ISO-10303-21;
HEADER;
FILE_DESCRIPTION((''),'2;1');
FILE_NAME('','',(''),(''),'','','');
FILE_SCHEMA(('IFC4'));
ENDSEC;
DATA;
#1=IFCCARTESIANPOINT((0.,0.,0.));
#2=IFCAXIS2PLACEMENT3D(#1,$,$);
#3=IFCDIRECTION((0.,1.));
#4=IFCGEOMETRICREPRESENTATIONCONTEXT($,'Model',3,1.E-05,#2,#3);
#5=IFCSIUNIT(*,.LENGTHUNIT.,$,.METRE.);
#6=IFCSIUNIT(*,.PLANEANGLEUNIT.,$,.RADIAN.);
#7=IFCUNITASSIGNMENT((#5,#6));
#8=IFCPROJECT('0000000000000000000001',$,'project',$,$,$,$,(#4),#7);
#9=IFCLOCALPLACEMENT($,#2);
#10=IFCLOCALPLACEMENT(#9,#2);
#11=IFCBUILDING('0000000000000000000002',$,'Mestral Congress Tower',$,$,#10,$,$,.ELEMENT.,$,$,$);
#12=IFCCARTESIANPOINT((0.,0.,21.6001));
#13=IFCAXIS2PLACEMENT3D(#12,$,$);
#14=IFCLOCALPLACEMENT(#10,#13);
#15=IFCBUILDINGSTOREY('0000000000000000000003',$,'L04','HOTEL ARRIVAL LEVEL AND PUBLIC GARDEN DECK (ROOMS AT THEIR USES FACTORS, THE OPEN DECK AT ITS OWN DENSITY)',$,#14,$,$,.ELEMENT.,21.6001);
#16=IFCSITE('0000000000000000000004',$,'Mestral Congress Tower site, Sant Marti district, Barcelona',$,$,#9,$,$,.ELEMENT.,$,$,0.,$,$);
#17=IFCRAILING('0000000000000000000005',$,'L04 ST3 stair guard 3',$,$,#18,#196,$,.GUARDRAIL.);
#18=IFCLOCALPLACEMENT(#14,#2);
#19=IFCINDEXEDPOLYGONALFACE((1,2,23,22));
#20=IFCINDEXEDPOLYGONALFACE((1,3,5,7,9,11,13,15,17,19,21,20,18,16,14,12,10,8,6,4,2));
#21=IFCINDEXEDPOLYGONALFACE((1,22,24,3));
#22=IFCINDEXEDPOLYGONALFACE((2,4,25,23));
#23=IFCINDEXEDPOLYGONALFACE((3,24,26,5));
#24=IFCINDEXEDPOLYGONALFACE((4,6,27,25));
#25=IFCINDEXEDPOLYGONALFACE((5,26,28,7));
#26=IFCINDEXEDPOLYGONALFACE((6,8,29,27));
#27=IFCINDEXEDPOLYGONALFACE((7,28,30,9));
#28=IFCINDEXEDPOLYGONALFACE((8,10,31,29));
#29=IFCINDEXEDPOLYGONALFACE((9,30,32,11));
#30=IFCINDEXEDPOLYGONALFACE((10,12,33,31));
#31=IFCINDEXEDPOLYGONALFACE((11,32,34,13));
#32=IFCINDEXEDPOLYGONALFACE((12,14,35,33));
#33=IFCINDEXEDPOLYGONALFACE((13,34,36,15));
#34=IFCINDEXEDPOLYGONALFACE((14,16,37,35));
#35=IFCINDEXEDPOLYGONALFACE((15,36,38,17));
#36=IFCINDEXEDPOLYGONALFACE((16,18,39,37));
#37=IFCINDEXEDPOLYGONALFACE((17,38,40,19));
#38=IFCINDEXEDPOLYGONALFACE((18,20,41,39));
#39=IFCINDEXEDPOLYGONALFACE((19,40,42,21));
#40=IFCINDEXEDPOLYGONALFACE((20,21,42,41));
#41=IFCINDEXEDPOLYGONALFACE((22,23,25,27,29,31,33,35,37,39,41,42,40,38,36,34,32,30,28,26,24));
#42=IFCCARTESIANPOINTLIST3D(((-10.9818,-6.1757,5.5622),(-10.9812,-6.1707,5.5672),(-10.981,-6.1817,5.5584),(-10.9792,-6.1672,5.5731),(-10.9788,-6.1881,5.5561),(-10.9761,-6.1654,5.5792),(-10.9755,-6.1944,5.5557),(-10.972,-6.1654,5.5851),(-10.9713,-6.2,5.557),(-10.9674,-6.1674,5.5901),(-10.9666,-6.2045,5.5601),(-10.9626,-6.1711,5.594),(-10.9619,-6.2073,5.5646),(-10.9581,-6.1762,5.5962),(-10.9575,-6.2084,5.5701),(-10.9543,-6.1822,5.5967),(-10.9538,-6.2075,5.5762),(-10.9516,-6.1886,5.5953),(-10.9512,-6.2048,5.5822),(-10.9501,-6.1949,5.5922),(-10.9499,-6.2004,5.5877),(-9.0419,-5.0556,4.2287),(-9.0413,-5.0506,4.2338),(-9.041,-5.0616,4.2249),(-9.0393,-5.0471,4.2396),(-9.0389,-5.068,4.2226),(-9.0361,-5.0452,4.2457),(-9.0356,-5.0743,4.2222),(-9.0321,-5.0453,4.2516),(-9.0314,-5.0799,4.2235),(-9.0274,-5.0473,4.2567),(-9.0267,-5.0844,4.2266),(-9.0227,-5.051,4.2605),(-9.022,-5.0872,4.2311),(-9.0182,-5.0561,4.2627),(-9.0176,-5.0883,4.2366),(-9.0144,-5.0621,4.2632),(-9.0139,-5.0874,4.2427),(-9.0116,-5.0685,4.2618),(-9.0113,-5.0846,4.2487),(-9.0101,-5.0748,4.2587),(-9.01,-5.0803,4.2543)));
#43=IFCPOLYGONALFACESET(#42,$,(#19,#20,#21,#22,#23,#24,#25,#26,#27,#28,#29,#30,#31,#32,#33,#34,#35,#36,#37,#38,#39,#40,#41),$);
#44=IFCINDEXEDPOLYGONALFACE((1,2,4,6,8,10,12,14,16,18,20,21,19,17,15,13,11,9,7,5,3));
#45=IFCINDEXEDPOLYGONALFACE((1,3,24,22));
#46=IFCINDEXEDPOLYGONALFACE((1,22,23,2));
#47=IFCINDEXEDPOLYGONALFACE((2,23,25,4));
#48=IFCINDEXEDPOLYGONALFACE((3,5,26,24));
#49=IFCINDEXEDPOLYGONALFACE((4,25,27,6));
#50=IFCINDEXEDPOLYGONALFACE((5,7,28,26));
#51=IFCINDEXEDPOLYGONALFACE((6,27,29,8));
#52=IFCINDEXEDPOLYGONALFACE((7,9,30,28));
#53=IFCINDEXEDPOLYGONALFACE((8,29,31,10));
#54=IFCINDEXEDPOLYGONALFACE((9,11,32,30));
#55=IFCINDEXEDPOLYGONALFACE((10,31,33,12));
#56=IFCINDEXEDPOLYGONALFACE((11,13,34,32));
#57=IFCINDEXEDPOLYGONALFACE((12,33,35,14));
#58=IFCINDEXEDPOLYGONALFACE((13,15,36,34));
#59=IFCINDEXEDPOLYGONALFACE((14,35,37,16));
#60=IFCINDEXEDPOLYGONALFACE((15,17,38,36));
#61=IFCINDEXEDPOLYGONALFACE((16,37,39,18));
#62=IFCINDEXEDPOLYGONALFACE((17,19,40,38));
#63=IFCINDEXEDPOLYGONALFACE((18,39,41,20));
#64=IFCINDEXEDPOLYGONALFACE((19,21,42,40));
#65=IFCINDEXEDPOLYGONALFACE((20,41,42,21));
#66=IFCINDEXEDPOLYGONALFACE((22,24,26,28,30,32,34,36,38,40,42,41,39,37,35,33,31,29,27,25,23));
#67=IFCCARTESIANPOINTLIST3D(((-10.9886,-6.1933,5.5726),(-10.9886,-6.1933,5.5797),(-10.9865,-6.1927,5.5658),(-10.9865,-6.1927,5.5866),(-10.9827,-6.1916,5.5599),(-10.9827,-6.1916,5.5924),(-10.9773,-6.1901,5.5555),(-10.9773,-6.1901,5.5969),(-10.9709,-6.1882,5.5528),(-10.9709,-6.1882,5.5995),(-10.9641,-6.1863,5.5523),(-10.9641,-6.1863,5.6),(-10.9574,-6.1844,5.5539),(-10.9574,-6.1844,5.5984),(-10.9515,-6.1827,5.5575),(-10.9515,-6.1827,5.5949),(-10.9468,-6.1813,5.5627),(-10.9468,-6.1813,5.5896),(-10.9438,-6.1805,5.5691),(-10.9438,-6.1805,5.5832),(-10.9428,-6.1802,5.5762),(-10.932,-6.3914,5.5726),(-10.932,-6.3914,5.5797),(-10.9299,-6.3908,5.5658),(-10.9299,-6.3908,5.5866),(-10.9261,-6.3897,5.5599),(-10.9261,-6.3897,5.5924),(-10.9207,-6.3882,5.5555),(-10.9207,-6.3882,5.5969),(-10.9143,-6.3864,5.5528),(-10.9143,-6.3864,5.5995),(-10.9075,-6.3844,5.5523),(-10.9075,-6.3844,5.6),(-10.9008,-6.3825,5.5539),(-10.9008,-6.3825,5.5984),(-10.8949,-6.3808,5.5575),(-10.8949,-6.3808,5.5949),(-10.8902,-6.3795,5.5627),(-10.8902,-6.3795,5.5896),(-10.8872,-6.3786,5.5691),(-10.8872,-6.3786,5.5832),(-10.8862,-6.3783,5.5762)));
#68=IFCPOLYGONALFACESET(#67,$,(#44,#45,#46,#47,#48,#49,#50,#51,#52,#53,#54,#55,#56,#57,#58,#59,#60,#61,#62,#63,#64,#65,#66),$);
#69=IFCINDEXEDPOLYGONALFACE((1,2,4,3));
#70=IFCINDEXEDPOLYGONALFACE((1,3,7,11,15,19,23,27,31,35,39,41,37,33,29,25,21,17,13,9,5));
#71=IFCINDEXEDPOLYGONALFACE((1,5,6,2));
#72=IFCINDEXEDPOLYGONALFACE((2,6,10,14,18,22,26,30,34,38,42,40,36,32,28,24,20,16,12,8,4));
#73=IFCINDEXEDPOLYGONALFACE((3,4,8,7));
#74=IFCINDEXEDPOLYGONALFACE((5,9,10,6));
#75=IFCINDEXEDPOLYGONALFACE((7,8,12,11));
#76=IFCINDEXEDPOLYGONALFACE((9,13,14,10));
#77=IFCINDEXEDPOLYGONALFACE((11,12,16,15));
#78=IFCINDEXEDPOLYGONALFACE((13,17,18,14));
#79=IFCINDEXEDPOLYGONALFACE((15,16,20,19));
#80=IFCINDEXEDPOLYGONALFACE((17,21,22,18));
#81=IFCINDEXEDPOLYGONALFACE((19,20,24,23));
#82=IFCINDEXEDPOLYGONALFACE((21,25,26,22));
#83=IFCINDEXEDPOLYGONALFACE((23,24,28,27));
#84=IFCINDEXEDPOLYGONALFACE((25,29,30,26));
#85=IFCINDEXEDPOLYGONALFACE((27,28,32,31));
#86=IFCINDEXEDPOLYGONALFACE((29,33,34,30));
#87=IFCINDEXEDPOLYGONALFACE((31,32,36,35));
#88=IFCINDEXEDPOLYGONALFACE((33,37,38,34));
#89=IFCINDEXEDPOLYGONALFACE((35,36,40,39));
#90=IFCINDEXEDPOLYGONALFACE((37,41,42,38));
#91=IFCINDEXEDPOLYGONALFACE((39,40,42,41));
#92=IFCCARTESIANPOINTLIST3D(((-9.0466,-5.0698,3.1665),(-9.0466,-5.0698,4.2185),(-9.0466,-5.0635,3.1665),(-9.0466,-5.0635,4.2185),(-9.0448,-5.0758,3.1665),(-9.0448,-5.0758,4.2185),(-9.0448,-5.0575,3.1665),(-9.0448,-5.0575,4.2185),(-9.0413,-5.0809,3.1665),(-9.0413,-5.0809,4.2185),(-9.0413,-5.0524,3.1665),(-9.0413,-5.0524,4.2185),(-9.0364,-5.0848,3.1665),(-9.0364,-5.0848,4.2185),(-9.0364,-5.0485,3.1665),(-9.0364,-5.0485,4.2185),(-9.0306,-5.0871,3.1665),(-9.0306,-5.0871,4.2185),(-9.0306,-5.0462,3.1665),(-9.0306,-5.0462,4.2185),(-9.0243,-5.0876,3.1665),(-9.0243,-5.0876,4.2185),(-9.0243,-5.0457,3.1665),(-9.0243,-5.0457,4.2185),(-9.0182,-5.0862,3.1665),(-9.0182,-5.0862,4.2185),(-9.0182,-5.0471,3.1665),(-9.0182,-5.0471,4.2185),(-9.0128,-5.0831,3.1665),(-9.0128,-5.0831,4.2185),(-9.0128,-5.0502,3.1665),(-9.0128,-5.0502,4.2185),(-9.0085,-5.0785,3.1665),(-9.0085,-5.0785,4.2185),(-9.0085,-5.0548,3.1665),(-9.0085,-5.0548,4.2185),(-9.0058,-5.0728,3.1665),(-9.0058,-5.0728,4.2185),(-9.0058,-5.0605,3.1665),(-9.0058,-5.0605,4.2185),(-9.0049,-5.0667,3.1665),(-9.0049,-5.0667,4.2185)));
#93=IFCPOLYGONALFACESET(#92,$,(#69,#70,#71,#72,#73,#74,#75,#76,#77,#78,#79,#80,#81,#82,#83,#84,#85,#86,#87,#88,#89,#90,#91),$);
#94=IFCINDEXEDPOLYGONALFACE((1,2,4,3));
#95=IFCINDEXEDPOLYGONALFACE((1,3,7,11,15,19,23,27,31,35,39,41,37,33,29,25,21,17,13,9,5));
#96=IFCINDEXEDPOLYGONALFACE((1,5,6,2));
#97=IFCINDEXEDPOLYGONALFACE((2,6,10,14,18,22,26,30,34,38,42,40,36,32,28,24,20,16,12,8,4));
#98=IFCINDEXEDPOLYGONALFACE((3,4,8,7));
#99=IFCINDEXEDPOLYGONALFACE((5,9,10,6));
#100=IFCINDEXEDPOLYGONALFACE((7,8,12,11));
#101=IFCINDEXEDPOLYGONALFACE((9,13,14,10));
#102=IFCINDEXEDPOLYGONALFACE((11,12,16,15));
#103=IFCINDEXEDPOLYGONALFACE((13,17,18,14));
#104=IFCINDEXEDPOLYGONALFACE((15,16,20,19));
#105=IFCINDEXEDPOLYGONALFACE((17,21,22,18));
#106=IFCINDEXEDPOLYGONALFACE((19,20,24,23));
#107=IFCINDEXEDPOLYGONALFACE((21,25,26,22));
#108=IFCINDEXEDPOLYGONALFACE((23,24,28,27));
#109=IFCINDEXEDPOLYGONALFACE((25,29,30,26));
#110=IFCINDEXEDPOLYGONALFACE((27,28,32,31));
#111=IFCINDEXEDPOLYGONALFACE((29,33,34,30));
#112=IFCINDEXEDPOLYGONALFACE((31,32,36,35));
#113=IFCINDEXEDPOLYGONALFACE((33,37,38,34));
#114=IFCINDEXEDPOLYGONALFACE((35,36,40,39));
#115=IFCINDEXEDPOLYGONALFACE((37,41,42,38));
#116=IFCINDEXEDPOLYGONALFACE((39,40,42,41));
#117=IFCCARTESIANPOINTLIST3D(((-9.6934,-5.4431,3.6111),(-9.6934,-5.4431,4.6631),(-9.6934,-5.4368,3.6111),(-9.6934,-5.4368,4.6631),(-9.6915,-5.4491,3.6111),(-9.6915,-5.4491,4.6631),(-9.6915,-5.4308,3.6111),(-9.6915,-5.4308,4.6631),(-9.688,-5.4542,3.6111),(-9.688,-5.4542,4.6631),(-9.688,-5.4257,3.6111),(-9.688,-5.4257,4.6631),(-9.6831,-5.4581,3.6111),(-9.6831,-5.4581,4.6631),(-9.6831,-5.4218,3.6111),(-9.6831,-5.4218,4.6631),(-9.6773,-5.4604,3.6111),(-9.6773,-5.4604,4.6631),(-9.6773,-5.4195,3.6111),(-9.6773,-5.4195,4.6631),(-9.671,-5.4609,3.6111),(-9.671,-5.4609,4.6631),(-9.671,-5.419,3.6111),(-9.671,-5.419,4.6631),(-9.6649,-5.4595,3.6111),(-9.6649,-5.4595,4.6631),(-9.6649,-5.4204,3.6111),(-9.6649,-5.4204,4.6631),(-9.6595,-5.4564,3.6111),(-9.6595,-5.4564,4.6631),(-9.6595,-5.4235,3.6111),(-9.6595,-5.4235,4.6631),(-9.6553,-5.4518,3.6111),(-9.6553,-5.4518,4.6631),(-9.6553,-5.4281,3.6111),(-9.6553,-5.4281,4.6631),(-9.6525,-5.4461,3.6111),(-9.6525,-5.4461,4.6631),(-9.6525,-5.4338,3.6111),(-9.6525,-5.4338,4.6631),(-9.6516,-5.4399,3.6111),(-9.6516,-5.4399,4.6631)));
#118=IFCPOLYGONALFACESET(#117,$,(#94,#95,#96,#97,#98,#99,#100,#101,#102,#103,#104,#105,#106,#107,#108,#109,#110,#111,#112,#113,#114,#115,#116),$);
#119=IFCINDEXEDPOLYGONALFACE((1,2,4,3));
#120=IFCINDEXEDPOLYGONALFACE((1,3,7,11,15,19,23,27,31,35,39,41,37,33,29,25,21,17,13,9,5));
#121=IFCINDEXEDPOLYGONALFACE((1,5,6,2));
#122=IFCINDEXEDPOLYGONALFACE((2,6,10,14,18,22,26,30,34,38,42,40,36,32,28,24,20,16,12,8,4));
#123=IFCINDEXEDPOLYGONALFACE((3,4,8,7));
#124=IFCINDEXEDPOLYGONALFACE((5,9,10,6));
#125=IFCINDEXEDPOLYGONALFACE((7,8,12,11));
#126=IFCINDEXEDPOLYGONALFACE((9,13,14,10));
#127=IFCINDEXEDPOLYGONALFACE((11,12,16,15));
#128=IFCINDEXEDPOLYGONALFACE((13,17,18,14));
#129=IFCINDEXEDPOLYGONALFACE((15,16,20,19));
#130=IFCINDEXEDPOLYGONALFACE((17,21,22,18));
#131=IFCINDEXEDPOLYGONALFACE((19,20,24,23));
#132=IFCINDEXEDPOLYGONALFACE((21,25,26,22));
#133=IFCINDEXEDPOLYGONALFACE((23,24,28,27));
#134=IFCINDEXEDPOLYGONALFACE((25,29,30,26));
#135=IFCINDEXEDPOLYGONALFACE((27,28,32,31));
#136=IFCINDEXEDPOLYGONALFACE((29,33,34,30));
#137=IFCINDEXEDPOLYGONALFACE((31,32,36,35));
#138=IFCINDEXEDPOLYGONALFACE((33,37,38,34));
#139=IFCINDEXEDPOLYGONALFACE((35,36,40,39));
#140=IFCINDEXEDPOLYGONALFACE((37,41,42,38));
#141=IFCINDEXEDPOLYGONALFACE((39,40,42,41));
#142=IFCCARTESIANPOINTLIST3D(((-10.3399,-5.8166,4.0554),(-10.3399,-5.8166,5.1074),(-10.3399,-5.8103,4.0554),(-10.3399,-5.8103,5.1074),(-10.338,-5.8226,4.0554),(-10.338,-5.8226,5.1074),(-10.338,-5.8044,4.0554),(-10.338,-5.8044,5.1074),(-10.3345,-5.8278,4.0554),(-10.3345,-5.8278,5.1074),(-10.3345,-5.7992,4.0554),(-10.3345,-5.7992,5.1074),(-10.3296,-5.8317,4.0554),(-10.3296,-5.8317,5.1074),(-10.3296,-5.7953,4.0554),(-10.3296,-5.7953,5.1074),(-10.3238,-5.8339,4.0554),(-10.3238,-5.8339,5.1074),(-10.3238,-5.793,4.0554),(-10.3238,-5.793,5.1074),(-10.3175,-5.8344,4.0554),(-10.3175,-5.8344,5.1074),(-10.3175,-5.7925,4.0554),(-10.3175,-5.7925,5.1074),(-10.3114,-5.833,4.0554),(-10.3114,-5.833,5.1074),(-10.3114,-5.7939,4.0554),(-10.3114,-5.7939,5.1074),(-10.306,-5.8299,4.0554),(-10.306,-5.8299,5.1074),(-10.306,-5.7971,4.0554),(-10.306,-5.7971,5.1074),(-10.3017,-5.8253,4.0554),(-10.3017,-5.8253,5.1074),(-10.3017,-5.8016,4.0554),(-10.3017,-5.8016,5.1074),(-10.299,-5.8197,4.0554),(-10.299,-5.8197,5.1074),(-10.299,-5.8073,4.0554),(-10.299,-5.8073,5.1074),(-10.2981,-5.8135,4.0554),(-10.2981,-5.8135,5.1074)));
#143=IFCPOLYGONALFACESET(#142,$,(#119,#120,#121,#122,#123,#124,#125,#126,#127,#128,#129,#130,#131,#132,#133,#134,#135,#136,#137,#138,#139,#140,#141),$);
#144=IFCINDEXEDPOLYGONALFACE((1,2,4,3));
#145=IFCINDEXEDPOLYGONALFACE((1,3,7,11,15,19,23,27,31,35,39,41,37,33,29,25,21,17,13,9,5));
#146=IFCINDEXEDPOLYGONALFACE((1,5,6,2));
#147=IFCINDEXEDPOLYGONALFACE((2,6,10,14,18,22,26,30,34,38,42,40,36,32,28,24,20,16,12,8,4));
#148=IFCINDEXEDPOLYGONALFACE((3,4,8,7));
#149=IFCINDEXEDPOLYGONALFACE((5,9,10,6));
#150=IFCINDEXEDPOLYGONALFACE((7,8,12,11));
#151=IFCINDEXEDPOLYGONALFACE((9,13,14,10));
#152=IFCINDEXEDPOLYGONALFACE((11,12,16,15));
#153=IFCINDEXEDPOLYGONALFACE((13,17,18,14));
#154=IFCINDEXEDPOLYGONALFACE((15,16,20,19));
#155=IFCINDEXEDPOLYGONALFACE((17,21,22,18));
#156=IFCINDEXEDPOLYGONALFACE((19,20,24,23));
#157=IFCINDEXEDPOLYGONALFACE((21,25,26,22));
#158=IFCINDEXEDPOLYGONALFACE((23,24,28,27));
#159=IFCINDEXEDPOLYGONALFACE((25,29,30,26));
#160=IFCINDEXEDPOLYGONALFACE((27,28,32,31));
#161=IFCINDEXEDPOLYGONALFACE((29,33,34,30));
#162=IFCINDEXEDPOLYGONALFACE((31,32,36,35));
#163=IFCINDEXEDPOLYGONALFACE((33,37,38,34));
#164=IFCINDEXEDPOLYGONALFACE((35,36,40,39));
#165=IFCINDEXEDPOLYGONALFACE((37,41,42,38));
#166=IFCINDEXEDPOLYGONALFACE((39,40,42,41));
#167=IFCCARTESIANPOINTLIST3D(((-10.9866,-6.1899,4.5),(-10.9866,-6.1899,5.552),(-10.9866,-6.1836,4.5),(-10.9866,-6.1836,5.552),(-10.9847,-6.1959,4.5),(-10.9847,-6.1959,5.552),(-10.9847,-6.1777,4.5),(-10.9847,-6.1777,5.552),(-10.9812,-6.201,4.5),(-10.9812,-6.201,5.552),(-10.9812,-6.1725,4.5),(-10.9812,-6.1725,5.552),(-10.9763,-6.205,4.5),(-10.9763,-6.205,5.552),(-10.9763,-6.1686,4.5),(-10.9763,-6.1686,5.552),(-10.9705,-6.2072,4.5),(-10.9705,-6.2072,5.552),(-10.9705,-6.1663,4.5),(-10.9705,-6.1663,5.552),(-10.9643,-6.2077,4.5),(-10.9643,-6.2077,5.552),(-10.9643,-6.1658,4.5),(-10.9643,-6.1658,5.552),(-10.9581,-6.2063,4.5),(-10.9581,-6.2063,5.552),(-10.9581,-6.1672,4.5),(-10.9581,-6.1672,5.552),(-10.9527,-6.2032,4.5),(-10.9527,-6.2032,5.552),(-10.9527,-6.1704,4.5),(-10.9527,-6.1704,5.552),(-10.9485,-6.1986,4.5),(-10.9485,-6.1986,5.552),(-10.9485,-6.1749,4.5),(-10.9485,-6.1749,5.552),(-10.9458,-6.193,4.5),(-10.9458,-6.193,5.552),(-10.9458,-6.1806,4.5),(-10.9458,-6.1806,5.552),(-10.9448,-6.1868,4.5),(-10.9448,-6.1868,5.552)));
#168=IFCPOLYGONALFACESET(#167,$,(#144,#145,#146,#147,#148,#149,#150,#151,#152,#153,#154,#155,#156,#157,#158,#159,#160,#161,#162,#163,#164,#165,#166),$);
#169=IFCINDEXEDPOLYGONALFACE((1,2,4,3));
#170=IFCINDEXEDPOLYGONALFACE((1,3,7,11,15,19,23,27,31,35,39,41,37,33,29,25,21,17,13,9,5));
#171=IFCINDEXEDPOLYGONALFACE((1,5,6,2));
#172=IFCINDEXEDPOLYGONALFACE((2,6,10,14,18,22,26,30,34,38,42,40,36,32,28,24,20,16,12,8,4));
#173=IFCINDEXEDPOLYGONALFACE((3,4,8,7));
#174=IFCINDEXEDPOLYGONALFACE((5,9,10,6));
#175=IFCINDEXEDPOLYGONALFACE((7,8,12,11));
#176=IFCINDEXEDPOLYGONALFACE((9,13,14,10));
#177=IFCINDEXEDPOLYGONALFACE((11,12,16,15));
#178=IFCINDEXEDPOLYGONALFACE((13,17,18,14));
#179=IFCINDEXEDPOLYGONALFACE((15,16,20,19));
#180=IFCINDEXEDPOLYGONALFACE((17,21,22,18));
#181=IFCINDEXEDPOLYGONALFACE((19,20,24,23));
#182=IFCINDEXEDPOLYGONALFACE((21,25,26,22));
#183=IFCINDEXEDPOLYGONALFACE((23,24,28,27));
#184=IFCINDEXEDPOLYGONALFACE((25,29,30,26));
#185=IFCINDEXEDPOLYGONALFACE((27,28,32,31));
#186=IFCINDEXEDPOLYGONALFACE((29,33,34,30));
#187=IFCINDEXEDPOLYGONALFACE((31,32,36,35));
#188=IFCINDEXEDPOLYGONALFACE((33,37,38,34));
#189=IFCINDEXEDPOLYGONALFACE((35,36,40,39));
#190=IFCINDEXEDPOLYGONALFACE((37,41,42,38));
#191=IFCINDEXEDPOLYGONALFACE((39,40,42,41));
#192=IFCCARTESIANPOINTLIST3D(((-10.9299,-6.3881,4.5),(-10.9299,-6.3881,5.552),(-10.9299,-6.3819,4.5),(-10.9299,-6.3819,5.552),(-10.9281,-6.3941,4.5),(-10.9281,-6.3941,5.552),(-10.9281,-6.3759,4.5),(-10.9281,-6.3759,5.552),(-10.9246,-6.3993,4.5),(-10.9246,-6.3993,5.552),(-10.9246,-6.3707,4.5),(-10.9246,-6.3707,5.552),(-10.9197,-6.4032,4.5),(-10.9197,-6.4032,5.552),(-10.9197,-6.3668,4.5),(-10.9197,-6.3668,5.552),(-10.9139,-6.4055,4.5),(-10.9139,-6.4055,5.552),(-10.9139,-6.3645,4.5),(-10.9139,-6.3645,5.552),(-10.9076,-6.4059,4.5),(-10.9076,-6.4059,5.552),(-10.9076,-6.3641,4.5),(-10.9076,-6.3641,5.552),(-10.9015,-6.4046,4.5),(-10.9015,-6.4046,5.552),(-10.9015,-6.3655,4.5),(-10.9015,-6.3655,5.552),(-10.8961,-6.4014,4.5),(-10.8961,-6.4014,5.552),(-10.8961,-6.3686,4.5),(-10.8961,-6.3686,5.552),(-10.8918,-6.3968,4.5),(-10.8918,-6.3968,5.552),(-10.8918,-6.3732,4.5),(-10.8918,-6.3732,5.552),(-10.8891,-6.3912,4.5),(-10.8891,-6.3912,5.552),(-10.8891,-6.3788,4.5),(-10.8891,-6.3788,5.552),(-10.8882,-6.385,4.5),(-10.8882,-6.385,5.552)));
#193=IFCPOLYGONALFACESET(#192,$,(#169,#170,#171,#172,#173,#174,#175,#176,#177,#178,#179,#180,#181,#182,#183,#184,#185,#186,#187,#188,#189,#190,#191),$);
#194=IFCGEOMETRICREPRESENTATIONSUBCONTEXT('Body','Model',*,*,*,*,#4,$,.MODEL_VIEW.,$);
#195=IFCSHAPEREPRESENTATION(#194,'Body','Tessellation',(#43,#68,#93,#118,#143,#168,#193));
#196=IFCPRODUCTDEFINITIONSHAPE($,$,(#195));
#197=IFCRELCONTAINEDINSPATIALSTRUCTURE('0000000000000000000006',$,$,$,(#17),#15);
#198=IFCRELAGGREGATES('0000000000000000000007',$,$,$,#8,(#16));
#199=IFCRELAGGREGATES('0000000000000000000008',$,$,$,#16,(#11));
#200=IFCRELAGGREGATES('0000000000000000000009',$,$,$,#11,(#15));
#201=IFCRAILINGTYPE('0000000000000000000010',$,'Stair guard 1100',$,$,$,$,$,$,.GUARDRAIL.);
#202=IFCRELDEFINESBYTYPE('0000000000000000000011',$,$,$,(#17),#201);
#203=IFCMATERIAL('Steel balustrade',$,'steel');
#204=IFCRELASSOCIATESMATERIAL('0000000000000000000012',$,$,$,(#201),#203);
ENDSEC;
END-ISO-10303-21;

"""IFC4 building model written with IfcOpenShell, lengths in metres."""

from ifc_helpers import new_model, si_unit, direction, frame, origin, origin_2d, place, context, subcontext, project, spatial, circle, extrude, material, type_object, element, save


model = new_model("IFC4")

# Units and contexts
model_context = context("Model", 3, precision=1e-05, world=origin(), true_north=direction((0.0, 1.0)))
body_context = subcontext(model_context, "Body", "Model", "MODEL_VIEW")
ifc_project = project(units=[si_unit("LENGTHUNIT", "METRE"), si_unit("PLANEANGLEUNIT", "RADIAN")], contexts=[model_context])

# Site, building, storey
site_placement = place(None, origin())
site = spatial("IfcSite", under=ifc_project, at=site_placement, Name="Mestral Congress Tower site, Sant Marti district, Barcelona", CompositionType="ELEMENT", RefElevation=0.0)
building_placement = place(site_placement, origin())
building = spatial("IfcBuilding", under=site, at=building_placement, Name="Mestral Congress Tower", CompositionType="ELEMENT")
storey_placement = place(building_placement, frame((0.0, 0.0, 21.6001)))
storey = spatial("IfcBuildingStorey", under=building, at=storey_placement, Name="L04", Description="HOTEL ARRIVAL LEVEL AND PUBLIC GARDEN DECK (ROOMS AT THEIR USES FACTORS, THE OPEN DECK AT ITS OWN DENSITY)", CompositionType="ELEMENT", Elevation=21.6001)

# Railing
ifc_material_1 = material(Name="Steel balustrade", Category="steel")
railing_type_1 = type_object("IfcRailingType", Name="Stair guard 1100", PredefinedType="GUARDRAIL", material=ifc_material_1)
for number, where, name in (
    (1, (-9.0259, -5.0667, 3.1665), "L04 ST3 stair guard 3"),
):
    element("IfcRailing", number, at=place(storey_placement, frame(where)), inside=storey, type_object=railing_type_1, Name=name, PredefinedType="GUARDRAIL", context=body_context, shape_type="SweptSolid", body=[
        extrude(circle(Radius=0.0239, at=origin_2d()), frame((0.0, 0.0, 1.0762), z_axis=(-0.744139, -0.429664, 0.511514), x_axis=(0.500031, -0.866008, 0.0)), (0.0, 0.0, 1.0), 2.6069),
        extrude(circle(Radius=0.0239, at=origin_2d()), frame((-1.9399, -1.1201, 2.4097), z_axis=(0.274721, -0.961524, 0.0), x_axis=(0.961524, 0.274721, 0.0)), (0.0, 0.0, 1.0), 0.2061),
        extrude(circle(Radius=0.021, at=origin_2d()), origin(), (0.0, 0.0, 1.0), 1.052),
        extrude(circle(Radius=0.021, at=origin_2d()), frame((-0.6467, -0.3733, 0.4446)), (0.0, 0.0, 1.0), 1.052),
        extrude(circle(Radius=0.021, at=origin_2d()), frame((-1.2932, -0.7468, 0.8889)), (0.0, 0.0, 1.0), 1.052),
        extrude(circle(Radius=0.021, at=origin_2d()), frame((-1.9399, -1.1201, 1.3335)), (0.0, 0.0, 1.0), 1.052),
        extrude(circle(Radius=0.021, at=origin_2d()), frame((-1.8833, -1.3184, 1.3335)), (0.0, 0.0, 1.0), 1.052),
    ])

save(model, "model.ifc")
